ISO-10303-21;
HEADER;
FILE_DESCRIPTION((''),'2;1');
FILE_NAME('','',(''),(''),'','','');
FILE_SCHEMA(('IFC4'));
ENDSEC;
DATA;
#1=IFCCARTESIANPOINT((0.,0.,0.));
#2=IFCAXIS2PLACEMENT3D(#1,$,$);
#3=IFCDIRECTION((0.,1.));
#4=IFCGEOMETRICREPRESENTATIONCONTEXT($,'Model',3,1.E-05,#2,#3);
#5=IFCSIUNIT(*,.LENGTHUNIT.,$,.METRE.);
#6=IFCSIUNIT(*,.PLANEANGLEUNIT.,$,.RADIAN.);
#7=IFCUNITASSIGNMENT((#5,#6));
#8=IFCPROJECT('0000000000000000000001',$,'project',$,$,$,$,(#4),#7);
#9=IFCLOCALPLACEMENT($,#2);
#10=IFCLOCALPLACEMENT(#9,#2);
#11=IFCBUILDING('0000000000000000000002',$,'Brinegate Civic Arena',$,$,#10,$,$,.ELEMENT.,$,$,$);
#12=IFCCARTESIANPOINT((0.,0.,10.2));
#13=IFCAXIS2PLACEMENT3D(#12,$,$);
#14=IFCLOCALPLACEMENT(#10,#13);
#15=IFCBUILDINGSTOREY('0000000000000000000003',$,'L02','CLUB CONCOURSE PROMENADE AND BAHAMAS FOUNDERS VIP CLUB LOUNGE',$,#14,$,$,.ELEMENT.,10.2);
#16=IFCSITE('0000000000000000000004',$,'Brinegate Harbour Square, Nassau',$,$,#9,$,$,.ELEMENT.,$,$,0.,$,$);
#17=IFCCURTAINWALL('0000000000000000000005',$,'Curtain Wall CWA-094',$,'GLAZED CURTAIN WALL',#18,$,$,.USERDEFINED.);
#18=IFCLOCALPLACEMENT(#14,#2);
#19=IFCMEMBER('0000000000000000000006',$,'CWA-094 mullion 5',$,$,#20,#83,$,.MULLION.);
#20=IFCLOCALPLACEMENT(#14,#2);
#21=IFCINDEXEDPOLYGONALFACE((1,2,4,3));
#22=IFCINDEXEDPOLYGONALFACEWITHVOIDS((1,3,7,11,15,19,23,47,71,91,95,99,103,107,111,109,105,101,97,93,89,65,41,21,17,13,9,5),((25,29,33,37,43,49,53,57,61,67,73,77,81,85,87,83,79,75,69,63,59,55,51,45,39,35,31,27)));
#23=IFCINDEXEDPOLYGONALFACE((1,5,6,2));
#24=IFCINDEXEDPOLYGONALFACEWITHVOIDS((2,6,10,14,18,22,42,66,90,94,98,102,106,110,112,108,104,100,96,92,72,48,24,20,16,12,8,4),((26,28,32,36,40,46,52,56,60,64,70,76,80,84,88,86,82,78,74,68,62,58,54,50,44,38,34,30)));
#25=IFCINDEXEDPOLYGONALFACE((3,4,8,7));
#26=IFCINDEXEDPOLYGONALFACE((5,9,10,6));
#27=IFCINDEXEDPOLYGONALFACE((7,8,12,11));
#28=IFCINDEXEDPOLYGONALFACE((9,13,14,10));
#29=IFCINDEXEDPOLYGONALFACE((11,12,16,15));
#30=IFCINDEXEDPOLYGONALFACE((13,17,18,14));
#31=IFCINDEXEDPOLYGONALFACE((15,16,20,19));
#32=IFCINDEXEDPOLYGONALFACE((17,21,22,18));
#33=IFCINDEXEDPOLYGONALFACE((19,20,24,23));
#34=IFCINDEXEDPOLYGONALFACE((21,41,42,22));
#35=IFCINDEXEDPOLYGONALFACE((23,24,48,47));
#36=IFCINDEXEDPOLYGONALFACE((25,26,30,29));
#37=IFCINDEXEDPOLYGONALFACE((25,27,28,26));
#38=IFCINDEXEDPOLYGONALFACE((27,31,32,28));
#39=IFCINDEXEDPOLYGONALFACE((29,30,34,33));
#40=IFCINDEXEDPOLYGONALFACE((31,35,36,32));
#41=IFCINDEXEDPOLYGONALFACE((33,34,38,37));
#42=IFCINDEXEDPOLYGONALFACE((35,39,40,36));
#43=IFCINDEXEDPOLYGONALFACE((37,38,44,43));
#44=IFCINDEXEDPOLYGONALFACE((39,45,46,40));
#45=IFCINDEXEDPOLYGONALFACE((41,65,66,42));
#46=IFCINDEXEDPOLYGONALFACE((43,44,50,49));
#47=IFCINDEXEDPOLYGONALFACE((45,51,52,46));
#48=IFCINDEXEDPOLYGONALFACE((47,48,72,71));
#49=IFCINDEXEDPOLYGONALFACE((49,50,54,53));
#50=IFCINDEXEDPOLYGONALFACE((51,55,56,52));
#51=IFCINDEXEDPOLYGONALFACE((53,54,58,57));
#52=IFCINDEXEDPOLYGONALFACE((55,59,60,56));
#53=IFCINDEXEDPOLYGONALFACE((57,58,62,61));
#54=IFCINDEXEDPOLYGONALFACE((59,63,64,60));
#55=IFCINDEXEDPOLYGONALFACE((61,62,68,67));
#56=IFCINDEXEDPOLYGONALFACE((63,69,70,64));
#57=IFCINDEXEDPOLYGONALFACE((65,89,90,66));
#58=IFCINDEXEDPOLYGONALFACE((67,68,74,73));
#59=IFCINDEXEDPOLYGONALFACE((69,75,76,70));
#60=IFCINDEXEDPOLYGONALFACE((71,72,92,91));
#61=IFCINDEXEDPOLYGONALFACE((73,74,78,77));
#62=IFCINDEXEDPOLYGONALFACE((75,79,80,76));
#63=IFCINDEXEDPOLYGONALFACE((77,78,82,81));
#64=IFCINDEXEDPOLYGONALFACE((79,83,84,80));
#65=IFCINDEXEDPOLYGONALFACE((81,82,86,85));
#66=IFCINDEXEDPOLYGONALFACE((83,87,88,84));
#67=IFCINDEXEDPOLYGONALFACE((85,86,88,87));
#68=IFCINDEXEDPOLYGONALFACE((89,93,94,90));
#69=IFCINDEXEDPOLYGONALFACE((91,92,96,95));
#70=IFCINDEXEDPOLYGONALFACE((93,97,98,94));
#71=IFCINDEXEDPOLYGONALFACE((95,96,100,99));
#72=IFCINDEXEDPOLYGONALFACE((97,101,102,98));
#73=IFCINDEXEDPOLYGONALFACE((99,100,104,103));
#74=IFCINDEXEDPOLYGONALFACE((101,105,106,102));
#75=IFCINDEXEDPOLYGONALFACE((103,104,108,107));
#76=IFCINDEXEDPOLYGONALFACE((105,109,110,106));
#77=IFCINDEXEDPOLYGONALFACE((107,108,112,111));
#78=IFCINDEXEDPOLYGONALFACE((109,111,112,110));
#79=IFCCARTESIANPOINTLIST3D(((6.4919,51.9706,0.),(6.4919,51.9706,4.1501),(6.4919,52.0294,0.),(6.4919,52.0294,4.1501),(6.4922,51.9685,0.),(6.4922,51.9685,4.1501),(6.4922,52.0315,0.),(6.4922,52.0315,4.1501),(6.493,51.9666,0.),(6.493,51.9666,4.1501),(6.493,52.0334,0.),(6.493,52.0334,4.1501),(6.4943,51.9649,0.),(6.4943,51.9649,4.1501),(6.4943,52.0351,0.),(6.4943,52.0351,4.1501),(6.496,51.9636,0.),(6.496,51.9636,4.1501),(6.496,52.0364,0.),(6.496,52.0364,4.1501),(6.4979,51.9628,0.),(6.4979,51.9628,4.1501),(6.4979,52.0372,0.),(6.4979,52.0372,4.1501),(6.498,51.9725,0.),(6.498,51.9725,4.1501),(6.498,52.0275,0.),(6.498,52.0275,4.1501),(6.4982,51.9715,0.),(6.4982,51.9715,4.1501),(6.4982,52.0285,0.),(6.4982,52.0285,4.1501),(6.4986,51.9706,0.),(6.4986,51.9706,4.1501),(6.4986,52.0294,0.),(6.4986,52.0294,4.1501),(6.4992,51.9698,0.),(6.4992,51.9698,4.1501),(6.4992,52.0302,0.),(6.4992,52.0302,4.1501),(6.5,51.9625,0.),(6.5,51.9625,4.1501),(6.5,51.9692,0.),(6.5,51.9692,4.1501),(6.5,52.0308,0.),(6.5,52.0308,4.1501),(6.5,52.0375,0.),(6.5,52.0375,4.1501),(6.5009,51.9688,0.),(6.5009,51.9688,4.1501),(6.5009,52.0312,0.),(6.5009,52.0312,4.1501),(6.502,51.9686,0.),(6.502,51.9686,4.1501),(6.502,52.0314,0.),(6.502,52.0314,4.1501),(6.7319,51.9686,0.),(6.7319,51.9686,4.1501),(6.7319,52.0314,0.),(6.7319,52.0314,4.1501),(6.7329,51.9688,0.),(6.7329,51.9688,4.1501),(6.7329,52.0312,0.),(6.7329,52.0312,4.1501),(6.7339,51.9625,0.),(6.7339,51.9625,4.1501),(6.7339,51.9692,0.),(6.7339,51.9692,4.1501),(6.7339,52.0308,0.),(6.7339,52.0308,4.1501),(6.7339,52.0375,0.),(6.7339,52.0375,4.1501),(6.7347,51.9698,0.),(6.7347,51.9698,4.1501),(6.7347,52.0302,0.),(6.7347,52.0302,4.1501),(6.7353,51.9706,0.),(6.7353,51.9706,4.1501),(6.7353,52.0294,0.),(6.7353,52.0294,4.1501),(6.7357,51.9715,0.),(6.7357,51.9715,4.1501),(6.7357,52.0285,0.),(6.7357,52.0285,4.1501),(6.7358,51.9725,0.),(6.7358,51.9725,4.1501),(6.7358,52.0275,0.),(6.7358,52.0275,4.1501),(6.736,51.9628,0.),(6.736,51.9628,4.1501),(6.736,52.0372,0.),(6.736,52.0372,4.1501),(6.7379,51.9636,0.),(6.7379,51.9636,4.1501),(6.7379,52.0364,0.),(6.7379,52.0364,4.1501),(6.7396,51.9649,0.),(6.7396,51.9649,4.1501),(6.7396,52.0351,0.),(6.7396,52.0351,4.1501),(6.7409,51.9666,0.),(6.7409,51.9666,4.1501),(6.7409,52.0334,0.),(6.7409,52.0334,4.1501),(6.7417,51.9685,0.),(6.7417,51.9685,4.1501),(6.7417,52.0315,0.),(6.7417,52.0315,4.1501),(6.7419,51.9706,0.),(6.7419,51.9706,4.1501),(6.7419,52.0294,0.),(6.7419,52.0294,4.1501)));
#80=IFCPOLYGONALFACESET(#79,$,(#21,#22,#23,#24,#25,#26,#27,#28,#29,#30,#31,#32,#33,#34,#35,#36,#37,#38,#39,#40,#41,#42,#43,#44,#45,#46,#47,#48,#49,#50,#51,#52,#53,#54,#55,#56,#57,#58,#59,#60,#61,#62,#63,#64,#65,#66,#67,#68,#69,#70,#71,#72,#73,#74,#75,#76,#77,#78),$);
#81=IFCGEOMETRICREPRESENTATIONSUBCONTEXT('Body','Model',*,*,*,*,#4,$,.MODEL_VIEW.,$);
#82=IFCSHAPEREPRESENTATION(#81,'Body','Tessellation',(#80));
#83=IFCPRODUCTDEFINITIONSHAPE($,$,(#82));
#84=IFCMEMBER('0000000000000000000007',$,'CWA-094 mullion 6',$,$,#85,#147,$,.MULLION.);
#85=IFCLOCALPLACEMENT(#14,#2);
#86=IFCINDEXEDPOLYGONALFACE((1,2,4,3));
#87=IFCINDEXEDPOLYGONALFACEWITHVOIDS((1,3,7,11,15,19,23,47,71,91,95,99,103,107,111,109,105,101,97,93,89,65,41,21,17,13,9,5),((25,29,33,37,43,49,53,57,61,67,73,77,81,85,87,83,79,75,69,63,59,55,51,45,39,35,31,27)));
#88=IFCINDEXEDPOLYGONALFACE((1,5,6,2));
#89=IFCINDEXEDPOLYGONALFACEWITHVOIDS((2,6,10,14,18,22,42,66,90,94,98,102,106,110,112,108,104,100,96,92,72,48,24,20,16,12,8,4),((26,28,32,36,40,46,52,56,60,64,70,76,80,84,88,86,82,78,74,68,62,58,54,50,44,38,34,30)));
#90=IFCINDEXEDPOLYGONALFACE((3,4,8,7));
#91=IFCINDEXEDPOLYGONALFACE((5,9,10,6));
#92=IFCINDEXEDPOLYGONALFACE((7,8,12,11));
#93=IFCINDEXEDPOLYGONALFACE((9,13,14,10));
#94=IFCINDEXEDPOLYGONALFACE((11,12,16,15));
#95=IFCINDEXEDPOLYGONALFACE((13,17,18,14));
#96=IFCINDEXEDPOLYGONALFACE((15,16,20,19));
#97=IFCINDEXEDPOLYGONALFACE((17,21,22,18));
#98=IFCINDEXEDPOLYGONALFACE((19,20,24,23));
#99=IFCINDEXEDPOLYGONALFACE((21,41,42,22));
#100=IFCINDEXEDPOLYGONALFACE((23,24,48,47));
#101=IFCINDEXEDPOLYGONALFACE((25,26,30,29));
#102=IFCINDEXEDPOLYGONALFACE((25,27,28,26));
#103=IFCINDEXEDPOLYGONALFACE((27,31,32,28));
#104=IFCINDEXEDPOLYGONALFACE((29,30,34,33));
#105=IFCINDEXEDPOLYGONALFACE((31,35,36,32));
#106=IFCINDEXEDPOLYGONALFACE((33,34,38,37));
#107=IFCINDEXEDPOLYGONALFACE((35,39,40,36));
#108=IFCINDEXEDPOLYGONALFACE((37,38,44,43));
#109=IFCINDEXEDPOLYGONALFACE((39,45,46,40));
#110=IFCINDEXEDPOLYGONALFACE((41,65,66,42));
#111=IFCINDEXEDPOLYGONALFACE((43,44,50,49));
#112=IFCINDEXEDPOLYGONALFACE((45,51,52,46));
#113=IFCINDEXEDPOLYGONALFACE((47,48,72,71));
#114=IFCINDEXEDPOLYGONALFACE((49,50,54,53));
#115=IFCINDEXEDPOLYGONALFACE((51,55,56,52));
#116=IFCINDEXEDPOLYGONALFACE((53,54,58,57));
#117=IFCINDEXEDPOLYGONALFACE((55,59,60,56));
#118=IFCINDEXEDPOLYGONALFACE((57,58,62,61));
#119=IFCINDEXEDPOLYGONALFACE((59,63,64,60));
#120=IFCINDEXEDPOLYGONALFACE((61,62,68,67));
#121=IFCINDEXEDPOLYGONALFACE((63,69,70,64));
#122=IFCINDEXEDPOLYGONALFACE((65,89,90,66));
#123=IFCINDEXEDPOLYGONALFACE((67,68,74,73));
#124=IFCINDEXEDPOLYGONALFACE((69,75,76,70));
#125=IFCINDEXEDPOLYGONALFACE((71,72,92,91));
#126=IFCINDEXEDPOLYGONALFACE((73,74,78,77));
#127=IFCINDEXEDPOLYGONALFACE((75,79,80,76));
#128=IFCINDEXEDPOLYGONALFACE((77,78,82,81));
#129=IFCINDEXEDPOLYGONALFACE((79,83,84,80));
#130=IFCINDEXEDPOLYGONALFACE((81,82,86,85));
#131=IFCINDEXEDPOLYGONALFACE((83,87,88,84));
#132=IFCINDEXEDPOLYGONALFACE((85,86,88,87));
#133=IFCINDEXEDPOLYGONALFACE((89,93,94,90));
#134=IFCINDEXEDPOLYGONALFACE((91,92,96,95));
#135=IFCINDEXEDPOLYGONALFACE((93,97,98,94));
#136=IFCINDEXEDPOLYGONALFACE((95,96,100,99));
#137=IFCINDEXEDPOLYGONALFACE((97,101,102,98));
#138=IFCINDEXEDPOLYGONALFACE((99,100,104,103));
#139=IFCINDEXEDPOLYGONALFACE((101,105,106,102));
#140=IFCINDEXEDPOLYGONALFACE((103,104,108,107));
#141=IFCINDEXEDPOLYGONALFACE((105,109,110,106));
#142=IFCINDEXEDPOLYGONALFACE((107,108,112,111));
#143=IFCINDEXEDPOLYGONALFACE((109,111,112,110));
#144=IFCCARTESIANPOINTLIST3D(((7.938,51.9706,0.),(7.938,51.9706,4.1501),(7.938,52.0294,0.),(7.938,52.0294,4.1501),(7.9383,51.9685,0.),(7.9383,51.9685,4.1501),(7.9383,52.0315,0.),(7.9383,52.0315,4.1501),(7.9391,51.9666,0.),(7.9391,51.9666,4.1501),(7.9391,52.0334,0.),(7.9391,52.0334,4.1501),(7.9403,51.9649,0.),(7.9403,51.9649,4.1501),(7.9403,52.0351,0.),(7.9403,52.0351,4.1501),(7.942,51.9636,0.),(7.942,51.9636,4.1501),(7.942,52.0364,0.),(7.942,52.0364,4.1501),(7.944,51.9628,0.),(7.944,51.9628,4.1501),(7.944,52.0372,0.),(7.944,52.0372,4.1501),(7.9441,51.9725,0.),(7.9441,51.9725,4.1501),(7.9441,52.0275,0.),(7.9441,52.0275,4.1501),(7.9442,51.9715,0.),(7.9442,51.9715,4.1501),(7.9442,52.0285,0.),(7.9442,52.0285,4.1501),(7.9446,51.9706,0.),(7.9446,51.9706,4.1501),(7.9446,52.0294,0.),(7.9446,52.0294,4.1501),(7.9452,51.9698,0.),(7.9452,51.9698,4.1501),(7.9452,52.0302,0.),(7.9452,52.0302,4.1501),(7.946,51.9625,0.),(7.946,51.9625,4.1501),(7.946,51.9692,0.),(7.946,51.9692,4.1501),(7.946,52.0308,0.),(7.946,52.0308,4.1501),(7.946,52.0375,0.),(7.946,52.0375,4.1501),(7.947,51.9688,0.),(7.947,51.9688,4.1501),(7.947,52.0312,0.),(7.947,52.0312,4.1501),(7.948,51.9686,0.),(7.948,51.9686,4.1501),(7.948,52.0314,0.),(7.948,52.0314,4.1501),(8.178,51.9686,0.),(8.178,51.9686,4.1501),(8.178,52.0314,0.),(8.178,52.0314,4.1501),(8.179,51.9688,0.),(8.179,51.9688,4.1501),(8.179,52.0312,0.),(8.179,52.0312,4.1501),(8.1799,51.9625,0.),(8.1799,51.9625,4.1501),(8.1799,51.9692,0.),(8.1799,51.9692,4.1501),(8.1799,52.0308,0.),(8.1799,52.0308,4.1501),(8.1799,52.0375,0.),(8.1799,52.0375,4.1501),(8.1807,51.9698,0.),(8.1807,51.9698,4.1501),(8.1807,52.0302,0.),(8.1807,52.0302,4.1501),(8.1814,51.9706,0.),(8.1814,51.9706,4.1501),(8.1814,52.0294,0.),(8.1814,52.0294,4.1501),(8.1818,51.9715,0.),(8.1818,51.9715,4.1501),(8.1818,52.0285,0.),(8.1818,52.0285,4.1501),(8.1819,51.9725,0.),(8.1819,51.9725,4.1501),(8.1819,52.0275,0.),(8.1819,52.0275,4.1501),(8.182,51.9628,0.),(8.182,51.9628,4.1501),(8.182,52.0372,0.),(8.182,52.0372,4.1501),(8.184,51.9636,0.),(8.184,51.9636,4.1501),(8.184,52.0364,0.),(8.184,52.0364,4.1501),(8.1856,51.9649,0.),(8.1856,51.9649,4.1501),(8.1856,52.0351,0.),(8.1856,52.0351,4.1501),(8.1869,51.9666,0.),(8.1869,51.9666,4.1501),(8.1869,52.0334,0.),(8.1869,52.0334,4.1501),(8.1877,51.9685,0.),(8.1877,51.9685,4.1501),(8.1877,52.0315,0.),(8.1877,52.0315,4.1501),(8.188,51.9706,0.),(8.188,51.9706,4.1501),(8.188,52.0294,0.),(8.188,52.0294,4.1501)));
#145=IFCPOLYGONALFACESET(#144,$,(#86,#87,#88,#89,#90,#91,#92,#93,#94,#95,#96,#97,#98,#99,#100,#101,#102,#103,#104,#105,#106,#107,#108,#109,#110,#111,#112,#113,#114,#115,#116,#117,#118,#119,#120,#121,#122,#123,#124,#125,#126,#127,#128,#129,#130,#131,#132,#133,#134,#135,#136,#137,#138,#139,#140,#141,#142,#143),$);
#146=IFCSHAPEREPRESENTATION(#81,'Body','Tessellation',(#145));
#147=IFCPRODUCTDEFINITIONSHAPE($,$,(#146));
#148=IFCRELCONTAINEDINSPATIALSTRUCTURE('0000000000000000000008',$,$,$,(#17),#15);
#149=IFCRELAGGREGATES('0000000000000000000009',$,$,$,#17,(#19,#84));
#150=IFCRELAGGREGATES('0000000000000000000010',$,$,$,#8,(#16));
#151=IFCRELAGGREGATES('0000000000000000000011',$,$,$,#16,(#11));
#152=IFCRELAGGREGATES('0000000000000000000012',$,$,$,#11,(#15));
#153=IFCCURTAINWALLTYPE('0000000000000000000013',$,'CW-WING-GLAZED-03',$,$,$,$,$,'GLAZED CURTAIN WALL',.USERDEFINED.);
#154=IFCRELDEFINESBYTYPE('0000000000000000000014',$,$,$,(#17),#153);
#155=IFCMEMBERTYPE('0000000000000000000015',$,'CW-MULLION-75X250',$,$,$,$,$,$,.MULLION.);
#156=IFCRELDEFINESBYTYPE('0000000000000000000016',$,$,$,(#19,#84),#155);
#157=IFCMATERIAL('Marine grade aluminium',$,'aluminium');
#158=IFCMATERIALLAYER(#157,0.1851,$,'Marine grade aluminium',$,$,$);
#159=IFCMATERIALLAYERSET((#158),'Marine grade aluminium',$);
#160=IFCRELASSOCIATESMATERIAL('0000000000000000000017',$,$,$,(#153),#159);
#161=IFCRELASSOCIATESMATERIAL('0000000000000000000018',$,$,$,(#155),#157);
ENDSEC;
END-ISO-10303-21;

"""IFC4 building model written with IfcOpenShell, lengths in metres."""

from ifc_helpers import new_model, si_unit, direction, frame, origin, origin_2d, place, context, subcontext, project, spatial, hollow_rectangle, extrude, material, layer, layer_set, material_profile, profile_set, type_object, element, aggregate, save


model = new_model("IFC4")

# Units and contexts
model_context = context("Model", 3, precision=1e-05, world=origin(), true_north=direction((0.0, 1.0)))
body_context = subcontext(model_context, "Body", "Model", "MODEL_VIEW")
ifc_project = project(units=[si_unit("LENGTHUNIT", "METRE"), si_unit("PLANEANGLEUNIT", "RADIAN")], contexts=[model_context])

# Site, building, storey
site_placement = place(None, origin())
site = spatial("IfcSite", under=ifc_project, at=site_placement, Name="Brinegate Harbour Square, Nassau", CompositionType="ELEMENT", RefElevation=0.0)
building_placement = place(site_placement, origin())
building = spatial("IfcBuilding", under=site, at=building_placement, Name="Brinegate Civic Arena", CompositionType="ELEMENT")
storey_placement = place(building_placement, frame((0.0, 0.0, 10.2)))
storey = spatial("IfcBuildingStorey", under=building, at=storey_placement, Name="L02", Description="CLUB CONCOURSE PROMENADE AND BAHAMAS FOUNDERS VIP CLUB LOUNGE", CompositionType="ELEMENT", Elevation=10.2)

# Curtain wall, members
ifc_material_1 = material(Name="Marine grade aluminium", Category="aluminium")
ifc_layer_1 = layer(ifc_material_1, 0.1851, Name="Marine grade aluminium")
ifc_layer_set_1 = layer_set([ifc_layer_1], Name="Marine grade aluminium")
curtain_wall_type = type_object("IfcCurtainWallType", Name="CW-WING-GLAZED-03", ElementType="GLAZED CURTAIN WALL", PredefinedType="USERDEFINED", material=ifc_layer_set_1)
curtain_wall_placement = place(storey_placement, origin())
curtain_wall = element("IfcCurtainWall", 1, at=curtain_wall_placement, inside=storey, type_object=curtain_wall_type, Name="Curtain Wall CWA-094", ObjectType="GLAZED CURTAIN WALL", PredefinedType="USERDEFINED")
ifc_material_profile_1 = material_profile(ifc_material_1, hollow_rectangle(XDim=0.075, YDim=0.25, WallThickness=0.0061, InnerFilletRadius=0.0039, OuterFilletRadius=0.0081, at=origin_2d()), Name="MUL75X250")
ifc_profile_set_1 = profile_set([ifc_material_profile_1], Name="Marine grade aluminium")
member_type_1 = type_object("IfcMemberType", Name="CW-MULLION-75X250", PredefinedType="MULLION", material=ifc_profile_set_1)
member_1_placement = place(storey_placement, frame((6.6169, 52.0, 0.0), z_axis=(0.0, 0.0, 1.0), x_axis=(0.0, 1.0, 0.0)))
member_1 = element("IfcMember", 2, at=member_1_placement, type_object=member_type_1, Name="CWA-094 mullion 5", PredefinedType="MULLION", context=body_context, shape_type="SweptSolid", body=[
    extrude(hollow_rectangle(XDim=0.075, YDim=0.25, WallThickness=0.0061, InnerFilletRadius=0.0039, OuterFilletRadius=0.0081, at=origin_2d()), origin(), (0.0, 0.0, 1.0), 4.1501),
])
member_2_placement = place(storey_placement, frame((8.063, 52.0, 0.0), z_axis=(0.0, 0.0, 1.0), x_axis=(0.0, 1.0, 0.0)))
member_2 = element("IfcMember", 3, at=member_2_placement, type_object=member_type_1, Name="CWA-094 mullion 6", PredefinedType="MULLION", context=body_context, shape_type="SweptSolid", body=[
    extrude(hollow_rectangle(XDim=0.075, YDim=0.25, WallThickness=0.0061, InnerFilletRadius=0.0039, OuterFilletRadius=0.0081, at=origin_2d()), origin(), (0.0, 0.0, 1.0), 4.1501),
])

aggregate(curtain_wall, [member_1, member_2])

save(model, "model.ifc")
